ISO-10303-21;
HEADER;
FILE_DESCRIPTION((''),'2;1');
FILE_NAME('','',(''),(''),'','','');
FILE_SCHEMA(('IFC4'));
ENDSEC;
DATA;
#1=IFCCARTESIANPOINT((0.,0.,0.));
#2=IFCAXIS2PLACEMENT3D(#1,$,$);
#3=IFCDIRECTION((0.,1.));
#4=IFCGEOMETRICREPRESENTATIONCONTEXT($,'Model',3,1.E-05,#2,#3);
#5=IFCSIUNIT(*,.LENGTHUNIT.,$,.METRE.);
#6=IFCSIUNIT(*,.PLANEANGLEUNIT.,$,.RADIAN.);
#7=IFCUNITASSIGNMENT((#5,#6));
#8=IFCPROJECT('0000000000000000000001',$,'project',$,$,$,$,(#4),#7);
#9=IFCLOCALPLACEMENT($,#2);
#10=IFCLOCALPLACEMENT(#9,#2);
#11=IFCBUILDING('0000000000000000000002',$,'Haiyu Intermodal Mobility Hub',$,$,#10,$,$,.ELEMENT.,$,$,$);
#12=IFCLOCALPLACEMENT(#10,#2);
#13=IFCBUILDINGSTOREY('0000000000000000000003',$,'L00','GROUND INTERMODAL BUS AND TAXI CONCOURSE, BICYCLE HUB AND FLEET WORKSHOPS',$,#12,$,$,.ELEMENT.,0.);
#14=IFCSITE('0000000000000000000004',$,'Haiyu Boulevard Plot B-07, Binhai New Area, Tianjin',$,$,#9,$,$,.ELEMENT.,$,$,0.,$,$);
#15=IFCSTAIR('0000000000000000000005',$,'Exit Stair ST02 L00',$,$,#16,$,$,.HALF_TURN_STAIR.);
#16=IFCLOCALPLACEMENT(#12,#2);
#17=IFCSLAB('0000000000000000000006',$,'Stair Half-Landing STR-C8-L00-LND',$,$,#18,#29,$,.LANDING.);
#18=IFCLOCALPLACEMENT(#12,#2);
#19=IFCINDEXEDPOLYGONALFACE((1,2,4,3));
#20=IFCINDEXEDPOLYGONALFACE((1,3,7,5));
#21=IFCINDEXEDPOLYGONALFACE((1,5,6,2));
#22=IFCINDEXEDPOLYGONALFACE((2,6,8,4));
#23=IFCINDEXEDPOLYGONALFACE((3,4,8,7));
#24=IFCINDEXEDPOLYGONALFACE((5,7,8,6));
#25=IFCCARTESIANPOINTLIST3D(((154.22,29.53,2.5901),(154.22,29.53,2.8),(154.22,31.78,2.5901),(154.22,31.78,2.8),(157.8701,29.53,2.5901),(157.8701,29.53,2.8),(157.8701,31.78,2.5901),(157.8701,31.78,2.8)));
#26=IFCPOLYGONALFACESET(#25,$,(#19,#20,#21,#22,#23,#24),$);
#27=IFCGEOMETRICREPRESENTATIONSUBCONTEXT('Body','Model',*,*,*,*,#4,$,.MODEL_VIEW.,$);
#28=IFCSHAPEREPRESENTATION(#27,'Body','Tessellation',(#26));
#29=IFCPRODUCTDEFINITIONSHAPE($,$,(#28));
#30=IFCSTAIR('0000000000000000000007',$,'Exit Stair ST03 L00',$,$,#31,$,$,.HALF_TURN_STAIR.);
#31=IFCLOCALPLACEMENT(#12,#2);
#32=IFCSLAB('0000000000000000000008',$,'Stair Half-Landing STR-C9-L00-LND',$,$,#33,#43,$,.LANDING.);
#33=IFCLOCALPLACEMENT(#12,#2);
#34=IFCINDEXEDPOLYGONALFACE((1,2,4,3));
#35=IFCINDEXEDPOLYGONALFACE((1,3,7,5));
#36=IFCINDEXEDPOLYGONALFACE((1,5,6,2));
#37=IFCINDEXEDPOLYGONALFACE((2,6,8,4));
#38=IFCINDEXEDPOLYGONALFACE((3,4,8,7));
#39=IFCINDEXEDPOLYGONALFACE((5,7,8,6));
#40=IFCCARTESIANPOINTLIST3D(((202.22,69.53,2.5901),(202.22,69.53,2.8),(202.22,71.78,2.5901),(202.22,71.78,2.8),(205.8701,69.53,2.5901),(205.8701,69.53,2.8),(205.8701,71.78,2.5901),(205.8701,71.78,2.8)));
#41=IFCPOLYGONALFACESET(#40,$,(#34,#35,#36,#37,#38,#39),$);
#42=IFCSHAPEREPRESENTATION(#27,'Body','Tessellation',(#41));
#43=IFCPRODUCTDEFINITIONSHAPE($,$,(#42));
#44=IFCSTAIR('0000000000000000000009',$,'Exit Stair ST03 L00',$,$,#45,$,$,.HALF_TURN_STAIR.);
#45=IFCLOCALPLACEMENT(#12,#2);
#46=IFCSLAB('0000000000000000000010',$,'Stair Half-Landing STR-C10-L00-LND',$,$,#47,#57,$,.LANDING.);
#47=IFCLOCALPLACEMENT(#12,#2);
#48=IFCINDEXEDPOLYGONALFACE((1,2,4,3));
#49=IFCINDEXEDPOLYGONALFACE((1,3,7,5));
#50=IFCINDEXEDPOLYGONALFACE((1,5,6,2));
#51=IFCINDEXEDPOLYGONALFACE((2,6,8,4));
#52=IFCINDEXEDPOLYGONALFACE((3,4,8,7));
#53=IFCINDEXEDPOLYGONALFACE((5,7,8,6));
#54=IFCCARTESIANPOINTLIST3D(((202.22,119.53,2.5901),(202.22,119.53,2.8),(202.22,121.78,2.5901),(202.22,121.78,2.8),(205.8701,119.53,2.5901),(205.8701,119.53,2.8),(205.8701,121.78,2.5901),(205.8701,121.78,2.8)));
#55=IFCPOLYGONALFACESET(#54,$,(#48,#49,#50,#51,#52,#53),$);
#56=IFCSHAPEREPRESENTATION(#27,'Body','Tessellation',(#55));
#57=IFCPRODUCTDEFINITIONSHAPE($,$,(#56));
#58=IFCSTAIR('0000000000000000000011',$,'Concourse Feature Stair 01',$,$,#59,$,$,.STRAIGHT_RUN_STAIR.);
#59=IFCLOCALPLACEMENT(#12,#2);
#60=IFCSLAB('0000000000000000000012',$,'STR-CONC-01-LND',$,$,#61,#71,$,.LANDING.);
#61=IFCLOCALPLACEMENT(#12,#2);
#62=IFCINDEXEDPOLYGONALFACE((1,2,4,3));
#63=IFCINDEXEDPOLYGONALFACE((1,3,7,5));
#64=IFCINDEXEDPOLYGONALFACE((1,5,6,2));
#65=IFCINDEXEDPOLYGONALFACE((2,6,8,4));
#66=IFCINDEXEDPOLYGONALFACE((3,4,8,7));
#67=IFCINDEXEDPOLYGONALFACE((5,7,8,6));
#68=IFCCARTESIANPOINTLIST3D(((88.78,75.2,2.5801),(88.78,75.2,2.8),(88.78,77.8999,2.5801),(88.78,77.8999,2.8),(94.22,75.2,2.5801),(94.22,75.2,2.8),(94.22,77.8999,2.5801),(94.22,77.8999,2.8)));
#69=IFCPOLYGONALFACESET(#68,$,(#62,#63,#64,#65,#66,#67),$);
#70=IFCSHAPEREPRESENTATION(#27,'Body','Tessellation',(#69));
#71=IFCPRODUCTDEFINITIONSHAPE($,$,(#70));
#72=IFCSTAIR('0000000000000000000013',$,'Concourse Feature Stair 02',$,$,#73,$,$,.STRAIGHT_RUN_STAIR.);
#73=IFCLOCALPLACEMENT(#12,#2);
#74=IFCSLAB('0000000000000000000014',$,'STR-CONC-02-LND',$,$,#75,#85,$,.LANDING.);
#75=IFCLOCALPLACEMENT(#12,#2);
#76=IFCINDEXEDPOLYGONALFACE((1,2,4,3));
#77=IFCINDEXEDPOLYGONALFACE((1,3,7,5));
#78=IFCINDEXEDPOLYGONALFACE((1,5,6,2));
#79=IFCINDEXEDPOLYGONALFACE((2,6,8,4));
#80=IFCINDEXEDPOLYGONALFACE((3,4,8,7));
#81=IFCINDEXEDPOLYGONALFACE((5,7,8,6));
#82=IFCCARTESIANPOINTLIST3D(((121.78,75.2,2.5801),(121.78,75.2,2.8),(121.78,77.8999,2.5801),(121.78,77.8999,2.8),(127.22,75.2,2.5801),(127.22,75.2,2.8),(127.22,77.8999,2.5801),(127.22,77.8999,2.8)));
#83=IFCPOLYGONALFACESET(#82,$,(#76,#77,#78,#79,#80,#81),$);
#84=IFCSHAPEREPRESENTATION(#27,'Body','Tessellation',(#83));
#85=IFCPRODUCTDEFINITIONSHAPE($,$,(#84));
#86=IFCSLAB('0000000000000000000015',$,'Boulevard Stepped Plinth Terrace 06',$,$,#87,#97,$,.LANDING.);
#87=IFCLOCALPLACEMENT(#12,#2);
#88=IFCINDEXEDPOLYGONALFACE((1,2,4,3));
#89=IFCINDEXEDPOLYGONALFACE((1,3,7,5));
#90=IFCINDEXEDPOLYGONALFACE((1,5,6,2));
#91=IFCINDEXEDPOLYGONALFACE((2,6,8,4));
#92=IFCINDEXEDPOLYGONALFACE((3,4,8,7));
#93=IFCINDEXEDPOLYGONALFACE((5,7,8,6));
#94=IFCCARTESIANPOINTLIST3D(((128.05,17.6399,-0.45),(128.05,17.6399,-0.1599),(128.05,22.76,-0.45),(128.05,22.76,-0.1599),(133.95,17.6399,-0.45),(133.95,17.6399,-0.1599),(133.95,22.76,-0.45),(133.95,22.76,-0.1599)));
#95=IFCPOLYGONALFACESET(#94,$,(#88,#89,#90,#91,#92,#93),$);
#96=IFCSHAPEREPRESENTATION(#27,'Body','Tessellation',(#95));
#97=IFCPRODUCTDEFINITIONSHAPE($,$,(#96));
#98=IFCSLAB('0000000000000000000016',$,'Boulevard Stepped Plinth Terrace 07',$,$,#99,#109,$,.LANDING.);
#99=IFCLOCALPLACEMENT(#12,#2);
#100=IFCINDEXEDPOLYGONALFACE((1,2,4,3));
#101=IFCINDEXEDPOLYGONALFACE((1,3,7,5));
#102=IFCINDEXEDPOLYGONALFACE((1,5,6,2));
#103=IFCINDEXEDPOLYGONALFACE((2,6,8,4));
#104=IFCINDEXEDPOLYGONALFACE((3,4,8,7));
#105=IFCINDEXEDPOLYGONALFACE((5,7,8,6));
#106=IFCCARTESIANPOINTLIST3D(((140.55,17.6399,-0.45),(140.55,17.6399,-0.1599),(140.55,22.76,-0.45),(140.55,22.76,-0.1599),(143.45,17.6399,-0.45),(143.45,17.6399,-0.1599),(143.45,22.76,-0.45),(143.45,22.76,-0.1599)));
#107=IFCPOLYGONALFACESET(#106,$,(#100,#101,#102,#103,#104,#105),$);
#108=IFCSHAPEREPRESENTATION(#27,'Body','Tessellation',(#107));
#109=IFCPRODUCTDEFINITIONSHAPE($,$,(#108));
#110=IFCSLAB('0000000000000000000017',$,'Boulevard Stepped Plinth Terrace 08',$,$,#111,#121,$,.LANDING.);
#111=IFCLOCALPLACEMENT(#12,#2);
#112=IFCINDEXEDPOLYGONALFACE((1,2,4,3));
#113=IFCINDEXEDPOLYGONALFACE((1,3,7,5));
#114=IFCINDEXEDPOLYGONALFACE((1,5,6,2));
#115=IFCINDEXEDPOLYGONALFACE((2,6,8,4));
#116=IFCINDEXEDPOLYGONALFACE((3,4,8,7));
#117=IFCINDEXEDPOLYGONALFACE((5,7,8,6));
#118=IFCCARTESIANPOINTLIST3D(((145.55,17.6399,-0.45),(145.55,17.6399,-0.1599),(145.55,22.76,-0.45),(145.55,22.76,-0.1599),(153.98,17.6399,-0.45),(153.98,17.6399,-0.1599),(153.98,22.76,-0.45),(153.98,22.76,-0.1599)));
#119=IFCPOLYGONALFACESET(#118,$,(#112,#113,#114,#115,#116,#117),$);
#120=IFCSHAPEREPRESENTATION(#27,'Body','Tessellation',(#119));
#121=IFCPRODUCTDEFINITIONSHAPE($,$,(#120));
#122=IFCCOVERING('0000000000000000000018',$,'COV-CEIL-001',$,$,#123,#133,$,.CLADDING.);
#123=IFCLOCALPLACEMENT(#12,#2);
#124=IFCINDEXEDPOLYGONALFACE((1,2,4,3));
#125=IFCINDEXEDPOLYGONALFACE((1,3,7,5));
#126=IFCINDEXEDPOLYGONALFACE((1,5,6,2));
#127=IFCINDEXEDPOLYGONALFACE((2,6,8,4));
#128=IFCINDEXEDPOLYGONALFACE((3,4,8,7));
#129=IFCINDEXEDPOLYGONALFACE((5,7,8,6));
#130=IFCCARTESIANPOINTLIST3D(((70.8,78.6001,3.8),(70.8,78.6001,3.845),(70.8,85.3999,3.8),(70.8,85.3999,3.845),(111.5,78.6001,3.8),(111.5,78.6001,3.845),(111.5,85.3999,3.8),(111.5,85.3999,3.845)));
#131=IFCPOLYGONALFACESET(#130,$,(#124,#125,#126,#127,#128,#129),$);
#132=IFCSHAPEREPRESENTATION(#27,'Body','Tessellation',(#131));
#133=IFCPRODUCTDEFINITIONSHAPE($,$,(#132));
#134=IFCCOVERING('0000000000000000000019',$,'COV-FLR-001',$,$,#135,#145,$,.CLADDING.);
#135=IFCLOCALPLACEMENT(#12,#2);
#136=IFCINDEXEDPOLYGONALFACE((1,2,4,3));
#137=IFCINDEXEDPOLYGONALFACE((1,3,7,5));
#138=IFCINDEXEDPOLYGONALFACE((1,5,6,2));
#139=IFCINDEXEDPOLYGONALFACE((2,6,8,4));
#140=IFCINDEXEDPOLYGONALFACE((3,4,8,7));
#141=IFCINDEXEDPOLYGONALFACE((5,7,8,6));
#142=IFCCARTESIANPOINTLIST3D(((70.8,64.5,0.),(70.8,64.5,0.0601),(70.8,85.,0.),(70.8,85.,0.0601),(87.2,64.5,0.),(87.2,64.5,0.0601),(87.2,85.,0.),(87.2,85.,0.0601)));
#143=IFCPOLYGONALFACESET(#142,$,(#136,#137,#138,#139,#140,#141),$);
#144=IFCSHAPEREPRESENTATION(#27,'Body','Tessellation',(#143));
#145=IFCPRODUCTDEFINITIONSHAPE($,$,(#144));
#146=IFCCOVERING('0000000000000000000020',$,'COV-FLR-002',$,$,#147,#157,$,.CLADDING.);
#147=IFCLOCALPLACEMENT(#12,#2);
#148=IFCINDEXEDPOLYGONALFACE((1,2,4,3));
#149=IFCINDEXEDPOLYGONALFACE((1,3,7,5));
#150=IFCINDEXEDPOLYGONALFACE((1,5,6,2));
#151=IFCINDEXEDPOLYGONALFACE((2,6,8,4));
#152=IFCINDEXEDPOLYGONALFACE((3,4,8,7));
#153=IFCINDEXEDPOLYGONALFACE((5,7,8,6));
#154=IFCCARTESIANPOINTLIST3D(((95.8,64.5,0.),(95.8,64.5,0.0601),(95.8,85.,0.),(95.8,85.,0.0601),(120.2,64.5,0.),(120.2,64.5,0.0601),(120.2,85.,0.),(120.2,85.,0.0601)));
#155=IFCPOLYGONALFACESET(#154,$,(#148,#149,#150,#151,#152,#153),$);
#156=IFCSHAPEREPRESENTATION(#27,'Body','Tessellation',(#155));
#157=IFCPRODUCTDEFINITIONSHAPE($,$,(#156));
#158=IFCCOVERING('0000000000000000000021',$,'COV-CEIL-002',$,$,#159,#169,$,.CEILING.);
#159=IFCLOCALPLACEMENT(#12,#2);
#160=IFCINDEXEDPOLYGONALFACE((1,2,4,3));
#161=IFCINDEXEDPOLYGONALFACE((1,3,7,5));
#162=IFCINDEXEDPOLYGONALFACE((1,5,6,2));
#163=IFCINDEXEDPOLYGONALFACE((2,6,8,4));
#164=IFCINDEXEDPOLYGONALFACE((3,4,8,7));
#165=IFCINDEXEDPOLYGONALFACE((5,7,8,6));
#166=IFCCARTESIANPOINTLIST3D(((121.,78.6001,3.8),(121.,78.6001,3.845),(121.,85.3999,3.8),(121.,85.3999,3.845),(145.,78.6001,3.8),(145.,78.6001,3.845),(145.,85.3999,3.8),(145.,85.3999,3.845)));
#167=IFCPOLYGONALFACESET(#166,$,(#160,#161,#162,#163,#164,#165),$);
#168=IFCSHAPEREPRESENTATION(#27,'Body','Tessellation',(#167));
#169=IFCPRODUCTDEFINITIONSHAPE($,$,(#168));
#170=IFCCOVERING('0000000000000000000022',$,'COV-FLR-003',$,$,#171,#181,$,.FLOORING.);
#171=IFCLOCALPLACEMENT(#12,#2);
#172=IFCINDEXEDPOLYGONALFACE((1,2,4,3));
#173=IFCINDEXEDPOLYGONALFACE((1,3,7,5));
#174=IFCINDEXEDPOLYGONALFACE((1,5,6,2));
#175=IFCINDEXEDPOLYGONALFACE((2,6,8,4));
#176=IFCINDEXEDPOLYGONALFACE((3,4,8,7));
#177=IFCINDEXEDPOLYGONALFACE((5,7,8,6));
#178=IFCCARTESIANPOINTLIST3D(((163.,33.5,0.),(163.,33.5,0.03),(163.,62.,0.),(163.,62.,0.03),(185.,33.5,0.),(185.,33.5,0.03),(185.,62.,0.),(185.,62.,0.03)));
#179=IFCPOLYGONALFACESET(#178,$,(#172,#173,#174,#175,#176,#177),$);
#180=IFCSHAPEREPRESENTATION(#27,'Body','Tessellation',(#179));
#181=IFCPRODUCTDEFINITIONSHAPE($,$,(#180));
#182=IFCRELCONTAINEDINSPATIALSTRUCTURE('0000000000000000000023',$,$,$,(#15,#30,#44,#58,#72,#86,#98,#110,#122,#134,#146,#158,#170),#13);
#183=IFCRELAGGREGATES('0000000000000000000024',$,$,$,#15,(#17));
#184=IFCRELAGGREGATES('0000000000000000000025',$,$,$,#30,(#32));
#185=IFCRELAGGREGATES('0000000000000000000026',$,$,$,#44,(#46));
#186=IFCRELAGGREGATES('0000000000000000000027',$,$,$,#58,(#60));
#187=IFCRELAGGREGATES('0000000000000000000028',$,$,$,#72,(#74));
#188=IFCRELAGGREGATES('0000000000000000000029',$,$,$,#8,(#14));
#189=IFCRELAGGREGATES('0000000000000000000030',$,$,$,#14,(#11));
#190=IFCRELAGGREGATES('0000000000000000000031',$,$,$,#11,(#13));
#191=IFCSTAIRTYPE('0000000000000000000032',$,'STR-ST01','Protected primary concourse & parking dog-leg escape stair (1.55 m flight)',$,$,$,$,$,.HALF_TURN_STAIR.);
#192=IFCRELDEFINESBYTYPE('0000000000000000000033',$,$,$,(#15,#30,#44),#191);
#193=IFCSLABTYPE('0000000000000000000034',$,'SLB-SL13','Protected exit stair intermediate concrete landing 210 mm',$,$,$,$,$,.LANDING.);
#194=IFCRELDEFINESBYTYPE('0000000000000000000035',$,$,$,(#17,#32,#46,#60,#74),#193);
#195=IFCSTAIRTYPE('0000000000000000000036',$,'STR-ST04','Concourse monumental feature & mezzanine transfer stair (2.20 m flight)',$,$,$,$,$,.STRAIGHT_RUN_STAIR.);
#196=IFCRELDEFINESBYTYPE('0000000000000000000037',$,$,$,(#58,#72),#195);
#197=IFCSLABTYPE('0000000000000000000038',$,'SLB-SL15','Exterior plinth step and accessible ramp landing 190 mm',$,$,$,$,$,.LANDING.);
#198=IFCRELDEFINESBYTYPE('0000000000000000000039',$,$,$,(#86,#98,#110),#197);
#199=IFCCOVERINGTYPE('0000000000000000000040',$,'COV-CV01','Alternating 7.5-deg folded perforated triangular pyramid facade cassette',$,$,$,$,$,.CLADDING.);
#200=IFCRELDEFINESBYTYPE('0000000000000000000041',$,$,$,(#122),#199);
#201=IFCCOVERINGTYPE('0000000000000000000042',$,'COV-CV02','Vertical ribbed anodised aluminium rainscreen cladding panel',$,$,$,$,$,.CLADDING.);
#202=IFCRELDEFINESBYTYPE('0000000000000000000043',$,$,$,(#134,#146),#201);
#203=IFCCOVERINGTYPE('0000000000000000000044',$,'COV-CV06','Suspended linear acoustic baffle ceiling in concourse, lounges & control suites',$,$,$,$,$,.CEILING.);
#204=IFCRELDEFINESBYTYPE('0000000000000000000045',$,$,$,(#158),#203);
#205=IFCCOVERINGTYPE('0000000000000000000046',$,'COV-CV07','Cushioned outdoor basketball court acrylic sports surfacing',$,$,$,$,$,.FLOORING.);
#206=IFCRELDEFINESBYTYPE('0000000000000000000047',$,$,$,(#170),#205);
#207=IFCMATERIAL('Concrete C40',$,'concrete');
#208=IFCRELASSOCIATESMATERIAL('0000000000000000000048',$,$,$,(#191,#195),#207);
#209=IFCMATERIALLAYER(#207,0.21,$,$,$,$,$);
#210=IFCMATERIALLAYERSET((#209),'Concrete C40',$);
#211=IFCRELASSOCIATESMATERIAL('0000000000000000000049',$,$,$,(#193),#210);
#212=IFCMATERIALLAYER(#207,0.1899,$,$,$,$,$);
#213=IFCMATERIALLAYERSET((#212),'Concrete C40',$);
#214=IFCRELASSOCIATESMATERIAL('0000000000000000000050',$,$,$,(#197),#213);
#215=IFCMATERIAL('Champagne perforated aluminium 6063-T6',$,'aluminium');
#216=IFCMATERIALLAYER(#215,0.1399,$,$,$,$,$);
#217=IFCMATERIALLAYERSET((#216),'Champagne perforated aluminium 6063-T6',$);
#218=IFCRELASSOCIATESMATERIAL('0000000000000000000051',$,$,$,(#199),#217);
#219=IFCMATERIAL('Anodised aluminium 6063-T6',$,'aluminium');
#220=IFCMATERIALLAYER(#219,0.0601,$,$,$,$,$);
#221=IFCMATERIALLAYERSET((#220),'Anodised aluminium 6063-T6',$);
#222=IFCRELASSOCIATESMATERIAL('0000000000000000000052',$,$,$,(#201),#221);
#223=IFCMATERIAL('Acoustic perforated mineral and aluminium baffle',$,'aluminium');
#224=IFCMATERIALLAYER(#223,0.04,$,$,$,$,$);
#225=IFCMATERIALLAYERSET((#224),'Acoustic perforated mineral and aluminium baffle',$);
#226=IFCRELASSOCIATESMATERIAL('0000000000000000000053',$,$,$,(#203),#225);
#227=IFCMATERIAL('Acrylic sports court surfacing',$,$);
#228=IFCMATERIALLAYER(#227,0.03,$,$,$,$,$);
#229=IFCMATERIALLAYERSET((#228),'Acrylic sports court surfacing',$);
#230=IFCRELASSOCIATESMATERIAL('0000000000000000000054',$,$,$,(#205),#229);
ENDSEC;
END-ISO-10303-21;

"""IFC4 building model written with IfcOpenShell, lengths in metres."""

from ifc_helpers import new_model, si_unit, direction, frame, origin, place, context, subcontext, project, spatial, polyline, outline, extrude, material, layer, layer_set, type_object, element, aggregate, save


model = new_model("IFC4")

# Units and contexts
model_context = context("Model", 3, precision=1e-05, world=origin(), true_north=direction((0.0, 1.0)))
body_context = subcontext(model_context, "Body", "Model", "MODEL_VIEW")
ifc_project = project(units=[si_unit("LENGTHUNIT", "METRE"), si_unit("PLANEANGLEUNIT", "RADIAN")], contexts=[model_context])

# Site, building, storey
site_placement = place(None, origin())
site = spatial("IfcSite", under=ifc_project, at=site_placement, Name="Haiyu Boulevard Plot B-07, Binhai New Area, Tianjin", CompositionType="ELEMENT", RefElevation=0.0)
building_placement = place(site_placement, origin())
building = spatial("IfcBuilding", under=site, at=building_placement, Name="Haiyu Intermodal Mobility Hub", CompositionType="ELEMENT")
storey_placement = place(building_placement, origin())
storey = spatial("IfcBuildingStorey", under=building, at=storey_placement, Name="L00", Description="GROUND INTERMODAL BUS AND TAXI CONCOURSE, BICYCLE HUB AND FLEET WORKSHOPS", CompositionType="ELEMENT", Elevation=0.0)

# Shared definitions
ifc_material_1 = material(Name="Concrete C40", Category="concrete")

# Stairs, slabs
stair_type_1 = type_object("IfcStairType", Name="STR-ST01", Description="Protected primary concourse & parking dog-leg escape stair (1.55 m flight)", PredefinedType="HALF_TURN_STAIR", material=ifc_material_1)
ifc_layer_1 = layer(ifc_material_1, 0.21)
ifc_layer_set_1 = layer_set([ifc_layer_1], Name="Concrete C40")
slab_type_1 = type_object("IfcSlabType", Name="SLB-SL13", Description="Protected exit stair intermediate concrete landing 210 mm", PredefinedType="LANDING", material=ifc_layer_set_1)
stair_1_placement = place(storey_placement, origin())
stair_1 = element("IfcStair", 1, at=stair_1_placement, inside=storey, type_object=stair_type_1, Name="Exit Stair ST02 L00", PredefinedType="HALF_TURN_STAIR")
slab_1_placement = place(storey_placement, frame((0.0, 0.0, 2.5901)))
slab_1 = element("IfcSlab", 2, at=slab_1_placement, type_object=slab_type_1, Name="Stair Half-Landing STR-C8-L00-LND", PredefinedType="LANDING", context=body_context, shape_type="SweptSolid", body=[
    extrude(outline(polyline([(154.22, 29.53), (157.8701, 29.53), (157.8701, 31.78), (154.22, 31.78), (154.22, 29.53)])), origin(), (0.0, 0.0, 1.0), 0.21),
])
aggregate(stair_1, [slab_1])
stair_2_placement = place(storey_placement, origin())
stair_2 = element("IfcStair", 3, at=stair_2_placement, inside=storey, type_object=stair_type_1, Name="Exit Stair ST03 L00", PredefinedType="HALF_TURN_STAIR")
slab_2_placement = place(storey_placement, frame((0.0, 0.0, 2.5901)))
slab_2 = element("IfcSlab", 4, at=slab_2_placement, type_object=slab_type_1, Name="Stair Half-Landing STR-C9-L00-LND", PredefinedType="LANDING", context=body_context, shape_type="SweptSolid", body=[
    extrude(outline(polyline([(202.22, 69.53), (205.8701, 69.53), (205.8701, 71.78), (202.22, 71.78), (202.22, 69.53)])), origin(), (0.0, 0.0, 1.0), 0.21),
])
aggregate(stair_2, [slab_2])
stair_3_placement = place(storey_placement, origin())
stair_3 = element("IfcStair", 5, at=stair_3_placement, inside=storey, type_object=stair_type_1, Name="Exit Stair ST03 L00", PredefinedType="HALF_TURN_STAIR")
slab_3_placement = place(storey_placement, frame((0.0, 0.0, 2.5901)))
slab_3 = element("IfcSlab", 6, at=slab_3_placement, type_object=slab_type_1, Name="Stair Half-Landing STR-C10-L00-LND", PredefinedType="LANDING", context=body_context, shape_type="SweptSolid", body=[
    extrude(outline(polyline([(202.22, 119.53), (205.8701, 119.53), (205.8701, 121.78), (202.22, 121.78), (202.22, 119.53)])), origin(), (0.0, 0.0, 1.0), 0.21),
])
aggregate(stair_3, [slab_3])
stair_type_2 = type_object("IfcStairType", Name="STR-ST04", Description="Concourse monumental feature & mezzanine transfer stair (2.20 m flight)", PredefinedType="STRAIGHT_RUN_STAIR", material=ifc_material_1)
stair_4_placement = place(storey_placement, origin())
stair_4 = element("IfcStair", 7, at=stair_4_placement, inside=storey, type_object=stair_type_2, Name="Concourse Feature Stair 01", PredefinedType="STRAIGHT_RUN_STAIR")
slab_4_placement = place(storey_placement, frame((0.0, 0.0, 2.5801)))
slab_4 = element("IfcSlab", 8, at=slab_4_placement, type_object=slab_type_1, Name="STR-CONC-01-LND", PredefinedType="LANDING", context=body_context, shape_type="SweptSolid", body=[
    extrude(outline(polyline([(88.78, 75.2), (94.22, 75.2), (94.22, 77.8999), (88.78, 77.8999), (88.78, 75.2)])), origin(), (0.0, 0.0, 1.0), 0.22),
])
aggregate(stair_4, [slab_4])
stair_5_placement = place(storey_placement, origin())
stair_5 = element("IfcStair", 9, at=stair_5_placement, inside=storey, type_object=stair_type_2, Name="Concourse Feature Stair 02", PredefinedType="STRAIGHT_RUN_STAIR")
slab_5_placement = place(storey_placement, frame((0.0, 0.0, 2.5801)))
slab_5 = element("IfcSlab", 10, at=slab_5_placement, type_object=slab_type_1, Name="STR-CONC-02-LND", PredefinedType="LANDING", context=body_context, shape_type="SweptSolid", body=[
    extrude(outline(polyline([(121.78, 75.2), (127.22, 75.2), (127.22, 77.8999), (121.78, 77.8999), (121.78, 75.2)])), origin(), (0.0, 0.0, 1.0), 0.22),
])
aggregate(stair_5, [slab_5])

# Slabs
ifc_layer_2 = layer(ifc_material_1, 0.1899)
ifc_layer_set_2 = layer_set([ifc_layer_2], Name="Concrete C40")
slab_type_2 = type_object("IfcSlabType", Name="SLB-SL15", Description="Exterior plinth step and accessible ramp landing 190 mm", PredefinedType="LANDING", material=ifc_layer_set_2)
slab_6_placement = place(storey_placement, frame((0.0, 0.0, -0.45)))
element("IfcSlab", 11, at=slab_6_placement, inside=storey, type_object=slab_type_2, Name="Boulevard Stepped Plinth Terrace 06", PredefinedType="LANDING", context=body_context, shape_type="SweptSolid", body=[
    extrude(outline(polyline([(128.05, 17.6399), (133.95, 17.6399), (133.95, 22.76), (128.05, 22.76), (128.05, 17.6399)])), origin(), (0.0, 0.0, 1.0), 0.29),
])
slab_7_placement = place(storey_placement, frame((0.0, 0.0, -0.45)))
element("IfcSlab", 12, at=slab_7_placement, inside=storey, type_object=slab_type_2, Name="Boulevard Stepped Plinth Terrace 07", PredefinedType="LANDING", context=body_context, shape_type="SweptSolid", body=[
    extrude(outline(polyline([(140.55, 17.6399), (143.45, 17.6399), (143.45, 22.76), (140.55, 22.76), (140.55, 17.6399)])), origin(), (0.0, 0.0, 1.0), 0.29),
])
slab_8_placement = place(storey_placement, frame((0.0, 0.0, -0.45)))
element("IfcSlab", 13, at=slab_8_placement, inside=storey, type_object=slab_type_2, Name="Boulevard Stepped Plinth Terrace 08", PredefinedType="LANDING", context=body_context, shape_type="SweptSolid", body=[
    extrude(outline(polyline([(145.55, 17.6399), (153.98, 17.6399), (153.98, 22.76), (145.55, 22.76), (145.55, 17.6399)])), origin(), (0.0, 0.0, 1.0), 0.29),
])

# Coverings
ifc_material_2 = material(Name="Champagne perforated aluminium 6063-T6", Category="aluminium")
ifc_layer_3 = layer(ifc_material_2, 0.1399)
ifc_layer_set_3 = layer_set([ifc_layer_3], Name="Champagne perforated aluminium 6063-T6")
covering_type_1 = type_object("IfcCoveringType", Name="COV-CV01", Description="Alternating 7.5-deg folded perforated triangular pyramid facade cassette", PredefinedType="CLADDING", material=ifc_layer_set_3)
covering_1_placement = place(storey_placement, frame((0.0, 0.0, 3.8)))
element("IfcCovering", 14, at=covering_1_placement, inside=storey, type_object=covering_type_1, Name="COV-CEIL-001", PredefinedType="CLADDING", context=body_context, shape_type="SweptSolid", body=[
    extrude(outline(polyline([(70.8, 78.6001), (111.5, 78.6001), (111.5, 85.3999), (70.8, 85.3999), (70.8, 78.6001)])), origin(), (0.0, 0.0, 1.0), 0.0449),
])
ifc_material_3 = material(Name="Anodised aluminium 6063-T6", Category="aluminium")
ifc_layer_4 = layer(ifc_material_3, 0.0601)
ifc_layer_set_4 = layer_set([ifc_layer_4], Name="Anodised aluminium 6063-T6")
covering_type_2 = type_object("IfcCoveringType", Name="COV-CV02", Description="Vertical ribbed anodised aluminium rainscreen cladding panel", PredefinedType="CLADDING", material=ifc_layer_set_4)
covering_2_placement = place(storey_placement, origin())
element("IfcCovering", 15, at=covering_2_placement, inside=storey, type_object=covering_type_2, Name="COV-FLR-001", PredefinedType="CLADDING", context=body_context, shape_type="SweptSolid", body=[
    extrude(outline(polyline([(70.8, 64.5), (87.2, 64.5), (87.2, 85.0), (70.8, 85.0), (70.8, 64.5)])), origin(), (0.0, 0.0, 1.0), 0.0601),
])
covering_3_placement = place(storey_placement, origin())
element("IfcCovering", 16, at=covering_3_placement, inside=storey, type_object=covering_type_2, Name="COV-FLR-002", PredefinedType="CLADDING", context=body_context, shape_type="SweptSolid", body=[
    extrude(outline(polyline([(95.8, 64.5), (120.2, 64.5), (120.2, 85.0), (95.8, 85.0), (95.8, 64.5)])), origin(), (0.0, 0.0, 1.0), 0.0601),
])
ifc_material_4 = material(Name="Acoustic perforated mineral and aluminium baffle", Category="aluminium")
ifc_layer_5 = layer(ifc_material_4, 0.04)
ifc_layer_set_5 = layer_set([ifc_layer_5], Name="Acoustic perforated mineral and aluminium baffle")
covering_type_3 = type_object("IfcCoveringType", Name="COV-CV06", Description="Suspended linear acoustic baffle ceiling in concourse, lounges & control suites", PredefinedType="CEILING", material=ifc_layer_set_5)
covering_4_placement = place(storey_placement, frame((0.0, 0.0, 3.8)))
element("IfcCovering", 17, at=covering_4_placement, inside=storey, type_object=covering_type_3, Name="COV-CEIL-002", PredefinedType="CEILING", context=body_context, shape_type="SweptSolid", body=[
    extrude(outline(polyline([(121.0, 78.6001), (145.0, 78.6001), (145.0, 85.3999), (121.0, 85.3999), (121.0, 78.6001)])), origin(), (0.0, 0.0, 1.0), 0.0449),
])
ifc_material_5 = material(Name="Acrylic sports court surfacing")
ifc_layer_6 = layer(ifc_material_5, 0.03)
ifc_layer_set_6 = layer_set([ifc_layer_6], Name="Acrylic sports court surfacing")
covering_type_4 = type_object("IfcCoveringType", Name="COV-CV07", Description="Cushioned outdoor basketball court acrylic sports surfacing", PredefinedType="FLOORING", material=ifc_layer_set_6)
covering_5_placement = place(storey_placement, origin())
element("IfcCovering", 18, at=covering_5_placement, inside=storey, type_object=covering_type_4, Name="COV-FLR-003", PredefinedType="FLOORING", context=body_context, shape_type="SweptSolid", body=[
    extrude(outline(polyline([(163.0, 33.5), (185.0, 33.5), (185.0, 62.0), (163.0, 62.0), (163.0, 33.5)])), origin(), (0.0, 0.0, 1.0), 0.03),
])

save(model, "model.ifc")
